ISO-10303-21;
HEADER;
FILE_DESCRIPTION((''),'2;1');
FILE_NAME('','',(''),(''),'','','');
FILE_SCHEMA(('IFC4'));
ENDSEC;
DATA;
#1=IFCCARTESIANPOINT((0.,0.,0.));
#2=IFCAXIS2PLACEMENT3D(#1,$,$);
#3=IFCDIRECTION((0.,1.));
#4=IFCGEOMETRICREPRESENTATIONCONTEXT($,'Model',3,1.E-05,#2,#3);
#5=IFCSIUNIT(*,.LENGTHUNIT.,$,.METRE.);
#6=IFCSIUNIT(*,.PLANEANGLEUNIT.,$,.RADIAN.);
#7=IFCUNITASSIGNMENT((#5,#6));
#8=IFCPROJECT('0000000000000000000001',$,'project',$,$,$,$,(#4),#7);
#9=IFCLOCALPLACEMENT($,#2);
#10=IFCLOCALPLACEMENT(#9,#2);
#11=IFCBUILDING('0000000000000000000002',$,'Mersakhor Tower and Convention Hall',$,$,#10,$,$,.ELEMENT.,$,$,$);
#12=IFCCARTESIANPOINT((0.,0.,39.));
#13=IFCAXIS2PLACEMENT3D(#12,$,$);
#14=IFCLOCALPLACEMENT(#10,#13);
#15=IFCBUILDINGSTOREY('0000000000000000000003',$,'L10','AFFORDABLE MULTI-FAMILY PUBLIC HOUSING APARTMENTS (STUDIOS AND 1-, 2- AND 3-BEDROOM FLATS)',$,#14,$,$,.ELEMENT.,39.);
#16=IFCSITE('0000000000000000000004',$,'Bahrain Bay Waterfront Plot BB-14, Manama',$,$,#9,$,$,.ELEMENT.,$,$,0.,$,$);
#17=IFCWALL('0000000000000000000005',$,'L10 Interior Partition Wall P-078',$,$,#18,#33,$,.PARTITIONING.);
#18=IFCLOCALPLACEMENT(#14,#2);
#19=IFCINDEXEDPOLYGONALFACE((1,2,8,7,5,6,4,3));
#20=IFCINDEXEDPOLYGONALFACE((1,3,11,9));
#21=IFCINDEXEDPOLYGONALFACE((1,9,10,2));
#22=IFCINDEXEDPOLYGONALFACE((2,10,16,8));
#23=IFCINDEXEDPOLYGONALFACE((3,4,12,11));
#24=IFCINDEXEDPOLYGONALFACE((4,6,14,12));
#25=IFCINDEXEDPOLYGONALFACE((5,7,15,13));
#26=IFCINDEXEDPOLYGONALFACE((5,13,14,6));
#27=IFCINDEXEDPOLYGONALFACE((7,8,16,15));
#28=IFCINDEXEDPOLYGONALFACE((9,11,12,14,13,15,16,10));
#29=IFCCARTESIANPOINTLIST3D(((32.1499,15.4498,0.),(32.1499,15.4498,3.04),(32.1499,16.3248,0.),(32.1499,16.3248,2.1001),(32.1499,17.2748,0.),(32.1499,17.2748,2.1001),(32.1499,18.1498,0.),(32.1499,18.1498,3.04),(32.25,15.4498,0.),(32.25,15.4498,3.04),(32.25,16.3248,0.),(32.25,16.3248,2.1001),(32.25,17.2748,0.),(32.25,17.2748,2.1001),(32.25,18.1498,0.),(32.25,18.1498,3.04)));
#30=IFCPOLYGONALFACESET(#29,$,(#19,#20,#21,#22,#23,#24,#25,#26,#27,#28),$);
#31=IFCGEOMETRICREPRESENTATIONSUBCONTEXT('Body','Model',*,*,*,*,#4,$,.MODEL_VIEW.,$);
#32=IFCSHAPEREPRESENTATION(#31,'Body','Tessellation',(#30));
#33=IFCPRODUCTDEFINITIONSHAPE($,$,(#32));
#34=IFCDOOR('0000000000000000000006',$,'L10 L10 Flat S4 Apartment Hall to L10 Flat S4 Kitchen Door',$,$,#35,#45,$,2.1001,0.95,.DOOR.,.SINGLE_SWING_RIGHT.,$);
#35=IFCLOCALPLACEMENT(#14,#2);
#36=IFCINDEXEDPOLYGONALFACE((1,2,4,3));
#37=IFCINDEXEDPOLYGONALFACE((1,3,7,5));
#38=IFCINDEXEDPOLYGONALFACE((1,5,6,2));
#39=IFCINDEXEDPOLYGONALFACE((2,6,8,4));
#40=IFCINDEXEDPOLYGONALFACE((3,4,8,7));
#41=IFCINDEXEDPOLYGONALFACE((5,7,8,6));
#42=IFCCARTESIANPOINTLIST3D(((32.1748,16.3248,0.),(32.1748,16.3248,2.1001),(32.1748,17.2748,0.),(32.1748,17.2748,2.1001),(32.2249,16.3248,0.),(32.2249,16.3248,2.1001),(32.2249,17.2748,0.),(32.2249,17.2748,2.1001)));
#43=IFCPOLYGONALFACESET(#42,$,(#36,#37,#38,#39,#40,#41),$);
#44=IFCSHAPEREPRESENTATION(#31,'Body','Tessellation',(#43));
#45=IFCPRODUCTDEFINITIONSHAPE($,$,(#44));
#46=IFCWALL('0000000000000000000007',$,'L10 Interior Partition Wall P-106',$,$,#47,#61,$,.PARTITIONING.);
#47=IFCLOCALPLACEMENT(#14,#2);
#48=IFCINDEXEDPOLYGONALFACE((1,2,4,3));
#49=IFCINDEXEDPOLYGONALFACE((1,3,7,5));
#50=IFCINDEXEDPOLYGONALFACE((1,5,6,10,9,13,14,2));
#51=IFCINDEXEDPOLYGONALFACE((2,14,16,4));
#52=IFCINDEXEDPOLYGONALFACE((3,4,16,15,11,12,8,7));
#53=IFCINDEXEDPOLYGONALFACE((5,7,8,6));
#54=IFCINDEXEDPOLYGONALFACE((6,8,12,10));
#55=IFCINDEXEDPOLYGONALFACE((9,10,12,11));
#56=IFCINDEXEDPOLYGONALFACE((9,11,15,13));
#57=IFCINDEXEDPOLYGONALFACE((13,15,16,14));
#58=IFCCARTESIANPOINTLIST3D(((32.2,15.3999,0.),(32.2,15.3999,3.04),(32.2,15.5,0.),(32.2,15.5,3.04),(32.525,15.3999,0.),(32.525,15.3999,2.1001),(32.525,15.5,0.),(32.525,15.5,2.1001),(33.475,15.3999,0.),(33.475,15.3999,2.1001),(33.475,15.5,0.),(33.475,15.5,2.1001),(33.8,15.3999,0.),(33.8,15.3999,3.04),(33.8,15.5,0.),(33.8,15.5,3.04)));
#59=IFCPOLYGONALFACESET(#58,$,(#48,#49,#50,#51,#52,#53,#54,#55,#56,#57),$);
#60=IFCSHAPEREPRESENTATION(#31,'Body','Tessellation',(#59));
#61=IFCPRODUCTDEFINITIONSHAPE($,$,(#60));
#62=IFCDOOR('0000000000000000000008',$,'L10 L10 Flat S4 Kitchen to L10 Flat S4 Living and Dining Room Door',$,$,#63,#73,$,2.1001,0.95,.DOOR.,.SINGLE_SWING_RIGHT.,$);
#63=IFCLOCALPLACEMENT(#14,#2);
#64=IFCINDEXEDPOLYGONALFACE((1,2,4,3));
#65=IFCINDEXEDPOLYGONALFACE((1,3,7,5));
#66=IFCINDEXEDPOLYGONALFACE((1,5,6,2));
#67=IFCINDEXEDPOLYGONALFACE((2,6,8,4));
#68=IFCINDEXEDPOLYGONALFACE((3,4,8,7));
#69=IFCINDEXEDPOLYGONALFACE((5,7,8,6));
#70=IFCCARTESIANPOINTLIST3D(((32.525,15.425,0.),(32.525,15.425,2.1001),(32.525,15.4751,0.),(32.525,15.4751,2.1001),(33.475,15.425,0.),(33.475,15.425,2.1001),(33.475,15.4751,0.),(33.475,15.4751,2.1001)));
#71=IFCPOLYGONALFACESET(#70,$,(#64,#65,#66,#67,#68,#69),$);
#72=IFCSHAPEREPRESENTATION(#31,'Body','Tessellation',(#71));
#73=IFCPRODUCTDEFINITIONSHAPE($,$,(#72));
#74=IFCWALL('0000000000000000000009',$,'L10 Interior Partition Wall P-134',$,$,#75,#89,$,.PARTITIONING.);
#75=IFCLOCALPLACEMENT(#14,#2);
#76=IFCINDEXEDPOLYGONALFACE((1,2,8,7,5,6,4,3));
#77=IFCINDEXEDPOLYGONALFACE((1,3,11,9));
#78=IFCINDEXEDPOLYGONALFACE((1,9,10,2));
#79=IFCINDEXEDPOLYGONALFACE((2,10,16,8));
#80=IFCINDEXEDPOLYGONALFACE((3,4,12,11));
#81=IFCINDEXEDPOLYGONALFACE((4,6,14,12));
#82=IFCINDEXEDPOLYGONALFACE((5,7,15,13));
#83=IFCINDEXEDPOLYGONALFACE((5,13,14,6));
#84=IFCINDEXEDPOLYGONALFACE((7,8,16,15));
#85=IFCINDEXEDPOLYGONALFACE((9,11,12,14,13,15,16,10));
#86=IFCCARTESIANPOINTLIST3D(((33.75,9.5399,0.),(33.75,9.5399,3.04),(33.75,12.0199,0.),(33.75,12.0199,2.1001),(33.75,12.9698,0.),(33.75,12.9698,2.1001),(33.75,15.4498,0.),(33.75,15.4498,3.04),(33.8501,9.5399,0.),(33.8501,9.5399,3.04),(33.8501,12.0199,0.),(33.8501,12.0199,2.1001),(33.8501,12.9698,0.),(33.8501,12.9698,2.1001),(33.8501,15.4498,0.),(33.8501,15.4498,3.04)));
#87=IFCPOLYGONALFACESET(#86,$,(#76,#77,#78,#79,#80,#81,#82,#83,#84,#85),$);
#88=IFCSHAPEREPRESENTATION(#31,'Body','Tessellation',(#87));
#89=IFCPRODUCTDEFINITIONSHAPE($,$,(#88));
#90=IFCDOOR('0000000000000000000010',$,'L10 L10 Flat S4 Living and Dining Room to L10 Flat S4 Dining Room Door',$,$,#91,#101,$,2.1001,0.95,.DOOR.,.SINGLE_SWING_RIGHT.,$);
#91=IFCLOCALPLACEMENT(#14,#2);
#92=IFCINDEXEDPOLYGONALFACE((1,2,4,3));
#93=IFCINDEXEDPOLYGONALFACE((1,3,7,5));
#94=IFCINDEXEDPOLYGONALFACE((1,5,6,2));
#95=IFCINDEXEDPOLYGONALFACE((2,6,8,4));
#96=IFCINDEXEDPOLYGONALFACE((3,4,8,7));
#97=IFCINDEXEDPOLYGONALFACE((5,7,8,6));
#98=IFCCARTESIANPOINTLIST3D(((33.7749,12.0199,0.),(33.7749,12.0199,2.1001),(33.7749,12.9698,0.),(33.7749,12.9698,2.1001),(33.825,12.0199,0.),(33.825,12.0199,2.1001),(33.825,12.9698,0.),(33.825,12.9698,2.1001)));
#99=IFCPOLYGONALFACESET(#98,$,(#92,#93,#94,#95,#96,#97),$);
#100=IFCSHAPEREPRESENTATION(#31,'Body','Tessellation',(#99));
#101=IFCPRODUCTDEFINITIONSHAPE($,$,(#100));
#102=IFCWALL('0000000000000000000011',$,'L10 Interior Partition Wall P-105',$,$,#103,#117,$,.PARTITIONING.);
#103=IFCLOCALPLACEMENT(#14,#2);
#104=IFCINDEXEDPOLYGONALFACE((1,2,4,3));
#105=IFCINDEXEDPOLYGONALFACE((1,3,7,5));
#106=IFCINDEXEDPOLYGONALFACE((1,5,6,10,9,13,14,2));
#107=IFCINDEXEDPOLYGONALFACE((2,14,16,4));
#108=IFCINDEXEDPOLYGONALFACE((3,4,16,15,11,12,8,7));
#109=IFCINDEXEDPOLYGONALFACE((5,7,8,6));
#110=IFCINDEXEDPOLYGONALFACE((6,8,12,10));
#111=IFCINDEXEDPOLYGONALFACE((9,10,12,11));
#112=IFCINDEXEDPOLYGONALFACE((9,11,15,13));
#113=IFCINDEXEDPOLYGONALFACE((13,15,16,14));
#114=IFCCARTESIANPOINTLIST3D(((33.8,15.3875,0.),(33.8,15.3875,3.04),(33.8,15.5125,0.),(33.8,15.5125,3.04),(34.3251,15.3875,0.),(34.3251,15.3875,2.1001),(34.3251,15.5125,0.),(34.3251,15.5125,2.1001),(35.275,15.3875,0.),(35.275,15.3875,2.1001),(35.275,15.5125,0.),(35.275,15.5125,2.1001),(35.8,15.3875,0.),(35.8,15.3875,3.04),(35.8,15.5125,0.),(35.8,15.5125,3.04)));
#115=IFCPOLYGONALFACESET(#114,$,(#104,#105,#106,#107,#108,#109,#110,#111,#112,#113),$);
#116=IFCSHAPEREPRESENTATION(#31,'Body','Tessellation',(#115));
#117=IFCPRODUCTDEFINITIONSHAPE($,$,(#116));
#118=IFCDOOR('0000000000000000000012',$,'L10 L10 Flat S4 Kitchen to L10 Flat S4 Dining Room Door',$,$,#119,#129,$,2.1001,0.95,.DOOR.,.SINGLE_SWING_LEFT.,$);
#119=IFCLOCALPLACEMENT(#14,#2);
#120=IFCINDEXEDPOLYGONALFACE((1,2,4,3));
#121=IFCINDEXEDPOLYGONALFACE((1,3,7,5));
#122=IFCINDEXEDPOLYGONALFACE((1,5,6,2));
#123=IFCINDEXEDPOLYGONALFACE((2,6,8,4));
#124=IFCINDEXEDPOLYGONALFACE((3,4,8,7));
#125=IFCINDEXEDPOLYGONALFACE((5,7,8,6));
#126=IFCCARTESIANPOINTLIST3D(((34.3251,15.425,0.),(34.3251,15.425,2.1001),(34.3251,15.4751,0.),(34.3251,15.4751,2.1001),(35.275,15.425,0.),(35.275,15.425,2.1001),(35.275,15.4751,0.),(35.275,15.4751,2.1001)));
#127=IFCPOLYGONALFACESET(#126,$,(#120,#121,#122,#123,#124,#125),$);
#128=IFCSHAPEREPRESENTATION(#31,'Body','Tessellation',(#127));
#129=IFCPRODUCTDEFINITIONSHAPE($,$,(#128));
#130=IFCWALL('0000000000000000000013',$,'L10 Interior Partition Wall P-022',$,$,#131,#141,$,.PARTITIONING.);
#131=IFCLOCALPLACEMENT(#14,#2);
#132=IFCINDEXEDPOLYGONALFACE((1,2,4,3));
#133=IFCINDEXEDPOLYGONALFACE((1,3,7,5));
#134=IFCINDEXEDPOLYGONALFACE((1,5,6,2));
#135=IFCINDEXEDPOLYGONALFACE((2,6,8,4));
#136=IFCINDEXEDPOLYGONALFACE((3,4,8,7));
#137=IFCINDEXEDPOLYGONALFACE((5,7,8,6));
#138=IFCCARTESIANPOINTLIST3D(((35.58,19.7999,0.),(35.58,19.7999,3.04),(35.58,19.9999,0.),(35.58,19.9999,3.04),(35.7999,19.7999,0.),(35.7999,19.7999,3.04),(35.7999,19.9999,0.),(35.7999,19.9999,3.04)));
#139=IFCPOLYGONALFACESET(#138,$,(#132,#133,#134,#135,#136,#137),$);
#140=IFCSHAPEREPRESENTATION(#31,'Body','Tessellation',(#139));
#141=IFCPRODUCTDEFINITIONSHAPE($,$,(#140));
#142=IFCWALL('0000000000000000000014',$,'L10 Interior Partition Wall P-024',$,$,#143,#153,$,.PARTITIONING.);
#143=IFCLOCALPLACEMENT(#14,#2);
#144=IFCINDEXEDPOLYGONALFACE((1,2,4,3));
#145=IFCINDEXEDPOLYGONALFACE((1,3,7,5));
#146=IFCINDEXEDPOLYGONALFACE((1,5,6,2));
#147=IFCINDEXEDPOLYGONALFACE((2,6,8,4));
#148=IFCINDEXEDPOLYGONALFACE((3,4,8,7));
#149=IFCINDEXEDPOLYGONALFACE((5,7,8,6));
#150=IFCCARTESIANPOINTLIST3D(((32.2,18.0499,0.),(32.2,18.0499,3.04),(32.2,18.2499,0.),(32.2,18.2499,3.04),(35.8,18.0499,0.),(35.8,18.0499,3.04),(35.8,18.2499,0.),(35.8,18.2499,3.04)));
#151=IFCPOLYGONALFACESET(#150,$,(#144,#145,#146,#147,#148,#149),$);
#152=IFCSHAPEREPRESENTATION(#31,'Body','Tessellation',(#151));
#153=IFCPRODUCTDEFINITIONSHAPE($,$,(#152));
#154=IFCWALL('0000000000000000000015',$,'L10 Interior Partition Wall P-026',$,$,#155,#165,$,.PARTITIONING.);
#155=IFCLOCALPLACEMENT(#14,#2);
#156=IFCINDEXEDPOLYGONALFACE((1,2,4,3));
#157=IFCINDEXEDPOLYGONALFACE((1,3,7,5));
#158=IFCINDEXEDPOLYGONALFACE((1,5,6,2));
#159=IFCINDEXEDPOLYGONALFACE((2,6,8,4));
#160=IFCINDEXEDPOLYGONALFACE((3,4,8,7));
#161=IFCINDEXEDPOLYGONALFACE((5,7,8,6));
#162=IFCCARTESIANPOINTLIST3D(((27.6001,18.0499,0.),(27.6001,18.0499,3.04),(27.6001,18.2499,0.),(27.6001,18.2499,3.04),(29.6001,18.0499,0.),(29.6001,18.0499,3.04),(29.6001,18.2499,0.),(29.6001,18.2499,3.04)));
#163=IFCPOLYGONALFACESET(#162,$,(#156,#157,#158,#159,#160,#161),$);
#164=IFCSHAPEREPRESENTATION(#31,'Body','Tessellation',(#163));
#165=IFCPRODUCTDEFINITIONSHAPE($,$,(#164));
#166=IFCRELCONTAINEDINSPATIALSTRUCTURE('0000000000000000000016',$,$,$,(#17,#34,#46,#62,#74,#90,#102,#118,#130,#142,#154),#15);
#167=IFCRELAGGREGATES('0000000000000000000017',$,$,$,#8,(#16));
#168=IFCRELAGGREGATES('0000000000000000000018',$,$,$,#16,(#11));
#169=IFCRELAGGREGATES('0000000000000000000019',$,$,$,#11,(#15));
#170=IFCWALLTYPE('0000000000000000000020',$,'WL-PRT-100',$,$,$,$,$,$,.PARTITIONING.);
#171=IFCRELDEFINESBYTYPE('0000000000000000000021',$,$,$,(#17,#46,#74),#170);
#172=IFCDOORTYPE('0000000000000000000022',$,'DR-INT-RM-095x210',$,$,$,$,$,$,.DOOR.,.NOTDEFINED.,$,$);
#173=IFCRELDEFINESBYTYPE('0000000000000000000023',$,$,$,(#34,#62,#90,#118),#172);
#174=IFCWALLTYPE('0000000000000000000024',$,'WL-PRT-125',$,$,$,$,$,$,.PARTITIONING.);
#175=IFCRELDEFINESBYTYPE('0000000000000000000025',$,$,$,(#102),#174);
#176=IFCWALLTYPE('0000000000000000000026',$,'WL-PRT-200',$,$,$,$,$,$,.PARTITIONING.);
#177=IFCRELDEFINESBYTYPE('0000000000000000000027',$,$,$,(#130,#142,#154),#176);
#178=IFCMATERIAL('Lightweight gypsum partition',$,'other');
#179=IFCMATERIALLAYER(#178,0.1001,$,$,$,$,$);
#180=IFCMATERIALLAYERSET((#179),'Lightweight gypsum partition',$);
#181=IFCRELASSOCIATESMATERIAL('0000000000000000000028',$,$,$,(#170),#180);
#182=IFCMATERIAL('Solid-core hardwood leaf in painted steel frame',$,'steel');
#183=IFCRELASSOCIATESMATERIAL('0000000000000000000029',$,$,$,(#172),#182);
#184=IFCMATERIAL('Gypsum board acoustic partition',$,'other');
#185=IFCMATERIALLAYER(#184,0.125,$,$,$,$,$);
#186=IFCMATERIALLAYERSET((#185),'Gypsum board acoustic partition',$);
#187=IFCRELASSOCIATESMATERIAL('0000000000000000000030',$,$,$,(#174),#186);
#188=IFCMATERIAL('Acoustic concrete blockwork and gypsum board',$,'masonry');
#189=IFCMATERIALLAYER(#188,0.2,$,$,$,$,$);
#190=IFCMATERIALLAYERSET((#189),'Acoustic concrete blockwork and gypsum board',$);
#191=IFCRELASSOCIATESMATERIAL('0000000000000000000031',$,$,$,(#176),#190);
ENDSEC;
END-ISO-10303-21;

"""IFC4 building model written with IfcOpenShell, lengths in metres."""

from ifc_helpers import new_model, si_unit, direction, frame, frame_2d, origin, place, context, subcontext, project, spatial, rectangle, extrude, material, layer, layer_set, type_object, element, fill, save


model = new_model("IFC4")

# Units and contexts
model_context = context("Model", 3, precision=1e-05, world=origin(), true_north=direction((0.0, 1.0)))
body_context = subcontext(model_context, "Body", "Model", "MODEL_VIEW")
ifc_project = project(units=[si_unit("LENGTHUNIT", "METRE"), si_unit("PLANEANGLEUNIT", "RADIAN")], contexts=[model_context])

# Site, building, storey
site_placement = place(None, origin())
site = spatial("IfcSite", under=ifc_project, at=site_placement, Name="Bahrain Bay Waterfront Plot BB-14, Manama", CompositionType="ELEMENT", RefElevation=0.0)
building_placement = place(site_placement, origin())
building = spatial("IfcBuilding", under=site, at=building_placement, Name="Mersakhor Tower and Convention Hall", CompositionType="ELEMENT")
storey_placement = place(building_placement, frame((0.0, 0.0, 39.0)))
storey = spatial("IfcBuildingStorey", under=building, at=storey_placement, Name="L10", Description="AFFORDABLE MULTI-FAMILY PUBLIC HOUSING APARTMENTS (STUDIOS AND 1-, 2- AND 3-BEDROOM FLATS)", CompositionType="ELEMENT", Elevation=39.0)

# Walls, openings, doors
ifc_material_1 = material(Name="Lightweight gypsum partition", Category="other")
ifc_layer_1 = layer(ifc_material_1, 0.1001)
ifc_layer_set_1 = layer_set([ifc_layer_1], Name="Lightweight gypsum partition")
wall_type_1 = type_object("IfcWallType", Name="WL-PRT-100", PredefinedType="PARTITIONING", material=ifc_layer_set_1)
wall_1_placement = place(storey_placement, frame((32.2, 18.1499, 0.0), z_axis=(0.0, 0.0, 1.0), x_axis=(0.0, -1.0, 0.0)))
wall_1 = element("IfcWall", 1, at=wall_1_placement, inside=storey, type_object=wall_type_1, Name="L10 Interior Partition Wall P-078", PredefinedType="PARTITIONING", context=body_context, shape_type="SweptSolid", body=[
    extrude(rectangle(XDim=2.7, YDim=0.1001, at=frame_2d((1.3501, 0.0))), origin(), (0.0, 0.0, 1.0), 3.04),
])
opening_1_placement = place(wall_1_placement, frame((0.875, 0.0, 0.0)))
opening_1 = element("IfcOpeningElement", 2, at=opening_1_placement, cuts=wall_1, PredefinedType="OPENING", context=body_context, shape_type="SweptSolid", body=[
    extrude(rectangle(XDim=0.95, YDim=2.1001, at=frame_2d((0.4751, 1.05))), frame((0.0, 0.0601, 0.0), z_axis=(0.0, -1.0, 0.0), x_axis=(1.0, 0.0, 0.0)), (0.0, 0.0, 1.0), 0.1201),
])
ifc_material_2 = material(Name="Solid-core hardwood leaf in painted steel frame", Category="steel")
door_type_1 = type_object("IfcDoorType", Name="DR-INT-RM-095x210", OperationType="NOTDEFINED", PredefinedType="DOOR", material=ifc_material_2)
door_1_placement = place(opening_1_placement, origin())
door_1 = element("IfcDoor", 3, at=door_1_placement, inside=storey, type_object=door_type_1, Name="L10 L10 Flat S4 Apartment Hall to L10 Flat S4 Kitchen Door", OperationType="SINGLE_SWING_RIGHT", OverallHeight=2.1001, OverallWidth=0.95, PredefinedType="DOOR", context=body_context, shape_type="SweptSolid", body=[
    extrude(rectangle(XDim=0.95, YDim=2.1001, at=frame_2d((0.4751, 1.05))), frame((0.0, 0.0249, 0.0), z_axis=(0.0, -1.0, 0.0), x_axis=(1.0, 0.0, 0.0)), (0.0, 0.0, 1.0), 0.05),
])
fill(opening_1, door_1)
wall_2_placement = place(storey_placement, frame((33.8, 15.45, 0.0), z_axis=(0.0, 0.0, 1.0), x_axis=(-1.0, 0.0, 0.0)))
wall_2 = element("IfcWall", 4, at=wall_2_placement, inside=storey, type_object=wall_type_1, Name="L10 Interior Partition Wall P-106", PredefinedType="PARTITIONING", context=body_context, shape_type="SweptSolid", body=[
    extrude(rectangle(XDim=1.6001, YDim=0.1001, at=frame_2d((0.8, 0.0))), origin(), (0.0, 0.0, 1.0), 3.04),
])
opening_2_placement = place(wall_2_placement, frame((0.325, 0.0, 0.0)))
opening_2 = element("IfcOpeningElement", 5, at=opening_2_placement, cuts=wall_2, PredefinedType="OPENING", context=body_context, shape_type="SweptSolid", body=[
    extrude(rectangle(XDim=0.95, YDim=2.1001, at=frame_2d((0.4751, 1.05))), frame((0.0, 0.0601, 0.0), z_axis=(0.0, -1.0, 0.0), x_axis=(1.0, 0.0, 0.0)), (0.0, 0.0, 1.0), 0.1201),
])
door_2_placement = place(opening_2_placement, origin())
door_2 = element("IfcDoor", 6, at=door_2_placement, inside=storey, type_object=door_type_1, Name="L10 L10 Flat S4 Kitchen to L10 Flat S4 Living and Dining Room Door", OperationType="SINGLE_SWING_RIGHT", OverallHeight=2.1001, OverallWidth=0.95, PredefinedType="DOOR", context=body_context, shape_type="SweptSolid", body=[
    extrude(rectangle(XDim=0.95, YDim=2.1001, at=frame_2d((0.4751, 1.05))), frame((0.0, 0.0249, 0.0), z_axis=(0.0, -1.0, 0.0), x_axis=(1.0, 0.0, 0.0)), (0.0, 0.0, 1.0), 0.05),
])
fill(opening_2, door_2)
wall_3_placement = place(storey_placement, frame((33.8, 15.45, 0.0), z_axis=(0.0, 0.0, 1.0), x_axis=(0.0, -1.0, 0.0)))
wall_3 = element("IfcWall", 7, at=wall_3_placement, inside=storey, type_object=wall_type_1, Name="L10 Interior Partition Wall P-134", PredefinedType="PARTITIONING", context=body_context, shape_type="SweptSolid", body=[
    extrude(rectangle(XDim=5.9099, YDim=0.1001, at=frame_2d((2.9551, 0.0))), origin(), (0.0, 0.0, 1.0), 3.04),
])
opening_3_placement = place(wall_3_placement, frame((2.48, 0.0, 0.0)))
opening_3 = element("IfcOpeningElement", 8, at=opening_3_placement, cuts=wall_3, PredefinedType="OPENING", context=body_context, shape_type="SweptSolid", body=[
    extrude(rectangle(XDim=0.95, YDim=2.1001, at=frame_2d((0.4751, 1.05))), frame((0.0, 0.0601, 0.0), z_axis=(0.0, -1.0, 0.0), x_axis=(1.0, 0.0, 0.0)), (0.0, 0.0, 1.0), 0.1201),
])
door_3_placement = place(opening_3_placement, origin())
door_3 = element("IfcDoor", 9, at=door_3_placement, inside=storey, type_object=door_type_1, Name="L10 L10 Flat S4 Living and Dining Room to L10 Flat S4 Dining Room Door", OperationType="SINGLE_SWING_RIGHT", OverallHeight=2.1001, OverallWidth=0.95, PredefinedType="DOOR", context=body_context, shape_type="SweptSolid", body=[
    extrude(rectangle(XDim=0.95, YDim=2.1001, at=frame_2d((0.4751, 1.05))), frame((0.0, 0.0249, 0.0), z_axis=(0.0, -1.0, 0.0), x_axis=(1.0, 0.0, 0.0)), (0.0, 0.0, 1.0), 0.05),
])
fill(opening_3, door_3)
ifc_material_3 = material(Name="Gypsum board acoustic partition", Category="other")
ifc_layer_2 = layer(ifc_material_3, 0.125)
ifc_layer_set_2 = layer_set([ifc_layer_2], Name="Gypsum board acoustic partition")
wall_type_2 = type_object("IfcWallType", Name="WL-PRT-125", PredefinedType="PARTITIONING", material=ifc_layer_set_2)
wall_4_placement = place(storey_placement, frame((35.8, 15.45, 0.0), z_axis=(0.0, 0.0, 1.0), x_axis=(-1.0, 0.0, 0.0)))
wall_4 = element("IfcWall", 10, at=wall_4_placement, inside=storey, type_object=wall_type_2, Name="L10 Interior Partition Wall P-105", PredefinedType="PARTITIONING", context=body_context, shape_type="SweptSolid", body=[
    extrude(rectangle(XDim=2.0, YDim=0.125, at=frame_2d((1.0, 0.0))), origin(), (0.0, 0.0, 1.0), 3.04),
])
opening_4_placement = place(wall_4_placement, frame((0.5249, 0.0, 0.0)))
opening_4 = element("IfcOpeningElement", 11, at=opening_4_placement, cuts=wall_4, PredefinedType="OPENING", context=body_context, shape_type="SweptSolid", body=[
    extrude(rectangle(XDim=0.95, YDim=2.1001, at=frame_2d((0.4751, 1.05))), frame((0.0, 0.0725, 0.0), z_axis=(0.0, -1.0, 0.0), x_axis=(1.0, 0.0, 0.0)), (0.0, 0.0, 1.0), 0.145),
])
door_4_placement = place(opening_4_placement, origin())
door_4 = element("IfcDoor", 12, at=door_4_placement, inside=storey, type_object=door_type_1, Name="L10 L10 Flat S4 Kitchen to L10 Flat S4 Dining Room Door", OperationType="SINGLE_SWING_LEFT", OverallHeight=2.1001, OverallWidth=0.95, PredefinedType="DOOR", context=body_context, shape_type="SweptSolid", body=[
    extrude(rectangle(XDim=0.95, YDim=2.1001, at=frame_2d((0.4751, 1.05))), frame((0.0, 0.0249, 0.0), z_axis=(0.0, -1.0, 0.0), x_axis=(1.0, 0.0, 0.0)), (0.0, 0.0, 1.0), 0.05),
])
fill(opening_4, door_4)

# Wall
ifc_material_4 = material(Name="Acoustic concrete blockwork and gypsum board", Category="masonry")
ifc_layer_3 = layer(ifc_material_4, 0.2)
ifc_layer_set_3 = layer_set([ifc_layer_3], Name="Acoustic concrete blockwork and gypsum board")
wall_type_3 = type_object("IfcWallType", Name="WL-PRT-200", PredefinedType="PARTITIONING", material=ifc_layer_set_3)
wall_5_placement = place(storey_placement, frame((35.5801, 19.8999, 0.0), z_axis=(0.0, 0.0, 1.0), x_axis=(1.0, 0.0, 0.0)))
element("IfcWall", 13, at=wall_5_placement, inside=storey, type_object=wall_type_3, Name="L10 Interior Partition Wall P-022", PredefinedType="PARTITIONING", context=body_context, shape_type="SweptSolid", body=[
    extrude(rectangle(XDim=0.22, YDim=0.2, at=frame_2d((0.1099, 0.0))), origin(), (0.0, 0.0, 1.0), 3.04),
])

# Wall
wall_6_placement = place(storey_placement, frame((35.8, 18.1499, 0.0), z_axis=(0.0, 0.0, 1.0), x_axis=(-1.0, 0.0, 0.0)))
element("IfcWall", 14, at=wall_6_placement, inside=storey, type_object=wall_type_3, Name="L10 Interior Partition Wall P-024", PredefinedType="PARTITIONING", context=body_context, shape_type="SweptSolid", body=[
    extrude(rectangle(XDim=3.6001, YDim=0.2, at=frame_2d((1.8, 0.0))), origin(), (0.0, 0.0, 1.0), 3.04),
])

# Wall
wall_7_placement = place(storey_placement, frame((29.6001, 18.1499, 0.0), z_axis=(0.0, 0.0, 1.0), x_axis=(-1.0, 0.0, 0.0)))
element("IfcWall", 15, at=wall_7_placement, inside=storey, type_object=wall_type_3, Name="L10 Interior Partition Wall P-026", PredefinedType="PARTITIONING", context=body_context, shape_type="SweptSolid", body=[
    extrude(rectangle(XDim=2.0, YDim=0.2, at=frame_2d((1.0, 0.0))), origin(), (0.0, 0.0, 1.0), 3.04),
])

save(model, "model.ifc")
